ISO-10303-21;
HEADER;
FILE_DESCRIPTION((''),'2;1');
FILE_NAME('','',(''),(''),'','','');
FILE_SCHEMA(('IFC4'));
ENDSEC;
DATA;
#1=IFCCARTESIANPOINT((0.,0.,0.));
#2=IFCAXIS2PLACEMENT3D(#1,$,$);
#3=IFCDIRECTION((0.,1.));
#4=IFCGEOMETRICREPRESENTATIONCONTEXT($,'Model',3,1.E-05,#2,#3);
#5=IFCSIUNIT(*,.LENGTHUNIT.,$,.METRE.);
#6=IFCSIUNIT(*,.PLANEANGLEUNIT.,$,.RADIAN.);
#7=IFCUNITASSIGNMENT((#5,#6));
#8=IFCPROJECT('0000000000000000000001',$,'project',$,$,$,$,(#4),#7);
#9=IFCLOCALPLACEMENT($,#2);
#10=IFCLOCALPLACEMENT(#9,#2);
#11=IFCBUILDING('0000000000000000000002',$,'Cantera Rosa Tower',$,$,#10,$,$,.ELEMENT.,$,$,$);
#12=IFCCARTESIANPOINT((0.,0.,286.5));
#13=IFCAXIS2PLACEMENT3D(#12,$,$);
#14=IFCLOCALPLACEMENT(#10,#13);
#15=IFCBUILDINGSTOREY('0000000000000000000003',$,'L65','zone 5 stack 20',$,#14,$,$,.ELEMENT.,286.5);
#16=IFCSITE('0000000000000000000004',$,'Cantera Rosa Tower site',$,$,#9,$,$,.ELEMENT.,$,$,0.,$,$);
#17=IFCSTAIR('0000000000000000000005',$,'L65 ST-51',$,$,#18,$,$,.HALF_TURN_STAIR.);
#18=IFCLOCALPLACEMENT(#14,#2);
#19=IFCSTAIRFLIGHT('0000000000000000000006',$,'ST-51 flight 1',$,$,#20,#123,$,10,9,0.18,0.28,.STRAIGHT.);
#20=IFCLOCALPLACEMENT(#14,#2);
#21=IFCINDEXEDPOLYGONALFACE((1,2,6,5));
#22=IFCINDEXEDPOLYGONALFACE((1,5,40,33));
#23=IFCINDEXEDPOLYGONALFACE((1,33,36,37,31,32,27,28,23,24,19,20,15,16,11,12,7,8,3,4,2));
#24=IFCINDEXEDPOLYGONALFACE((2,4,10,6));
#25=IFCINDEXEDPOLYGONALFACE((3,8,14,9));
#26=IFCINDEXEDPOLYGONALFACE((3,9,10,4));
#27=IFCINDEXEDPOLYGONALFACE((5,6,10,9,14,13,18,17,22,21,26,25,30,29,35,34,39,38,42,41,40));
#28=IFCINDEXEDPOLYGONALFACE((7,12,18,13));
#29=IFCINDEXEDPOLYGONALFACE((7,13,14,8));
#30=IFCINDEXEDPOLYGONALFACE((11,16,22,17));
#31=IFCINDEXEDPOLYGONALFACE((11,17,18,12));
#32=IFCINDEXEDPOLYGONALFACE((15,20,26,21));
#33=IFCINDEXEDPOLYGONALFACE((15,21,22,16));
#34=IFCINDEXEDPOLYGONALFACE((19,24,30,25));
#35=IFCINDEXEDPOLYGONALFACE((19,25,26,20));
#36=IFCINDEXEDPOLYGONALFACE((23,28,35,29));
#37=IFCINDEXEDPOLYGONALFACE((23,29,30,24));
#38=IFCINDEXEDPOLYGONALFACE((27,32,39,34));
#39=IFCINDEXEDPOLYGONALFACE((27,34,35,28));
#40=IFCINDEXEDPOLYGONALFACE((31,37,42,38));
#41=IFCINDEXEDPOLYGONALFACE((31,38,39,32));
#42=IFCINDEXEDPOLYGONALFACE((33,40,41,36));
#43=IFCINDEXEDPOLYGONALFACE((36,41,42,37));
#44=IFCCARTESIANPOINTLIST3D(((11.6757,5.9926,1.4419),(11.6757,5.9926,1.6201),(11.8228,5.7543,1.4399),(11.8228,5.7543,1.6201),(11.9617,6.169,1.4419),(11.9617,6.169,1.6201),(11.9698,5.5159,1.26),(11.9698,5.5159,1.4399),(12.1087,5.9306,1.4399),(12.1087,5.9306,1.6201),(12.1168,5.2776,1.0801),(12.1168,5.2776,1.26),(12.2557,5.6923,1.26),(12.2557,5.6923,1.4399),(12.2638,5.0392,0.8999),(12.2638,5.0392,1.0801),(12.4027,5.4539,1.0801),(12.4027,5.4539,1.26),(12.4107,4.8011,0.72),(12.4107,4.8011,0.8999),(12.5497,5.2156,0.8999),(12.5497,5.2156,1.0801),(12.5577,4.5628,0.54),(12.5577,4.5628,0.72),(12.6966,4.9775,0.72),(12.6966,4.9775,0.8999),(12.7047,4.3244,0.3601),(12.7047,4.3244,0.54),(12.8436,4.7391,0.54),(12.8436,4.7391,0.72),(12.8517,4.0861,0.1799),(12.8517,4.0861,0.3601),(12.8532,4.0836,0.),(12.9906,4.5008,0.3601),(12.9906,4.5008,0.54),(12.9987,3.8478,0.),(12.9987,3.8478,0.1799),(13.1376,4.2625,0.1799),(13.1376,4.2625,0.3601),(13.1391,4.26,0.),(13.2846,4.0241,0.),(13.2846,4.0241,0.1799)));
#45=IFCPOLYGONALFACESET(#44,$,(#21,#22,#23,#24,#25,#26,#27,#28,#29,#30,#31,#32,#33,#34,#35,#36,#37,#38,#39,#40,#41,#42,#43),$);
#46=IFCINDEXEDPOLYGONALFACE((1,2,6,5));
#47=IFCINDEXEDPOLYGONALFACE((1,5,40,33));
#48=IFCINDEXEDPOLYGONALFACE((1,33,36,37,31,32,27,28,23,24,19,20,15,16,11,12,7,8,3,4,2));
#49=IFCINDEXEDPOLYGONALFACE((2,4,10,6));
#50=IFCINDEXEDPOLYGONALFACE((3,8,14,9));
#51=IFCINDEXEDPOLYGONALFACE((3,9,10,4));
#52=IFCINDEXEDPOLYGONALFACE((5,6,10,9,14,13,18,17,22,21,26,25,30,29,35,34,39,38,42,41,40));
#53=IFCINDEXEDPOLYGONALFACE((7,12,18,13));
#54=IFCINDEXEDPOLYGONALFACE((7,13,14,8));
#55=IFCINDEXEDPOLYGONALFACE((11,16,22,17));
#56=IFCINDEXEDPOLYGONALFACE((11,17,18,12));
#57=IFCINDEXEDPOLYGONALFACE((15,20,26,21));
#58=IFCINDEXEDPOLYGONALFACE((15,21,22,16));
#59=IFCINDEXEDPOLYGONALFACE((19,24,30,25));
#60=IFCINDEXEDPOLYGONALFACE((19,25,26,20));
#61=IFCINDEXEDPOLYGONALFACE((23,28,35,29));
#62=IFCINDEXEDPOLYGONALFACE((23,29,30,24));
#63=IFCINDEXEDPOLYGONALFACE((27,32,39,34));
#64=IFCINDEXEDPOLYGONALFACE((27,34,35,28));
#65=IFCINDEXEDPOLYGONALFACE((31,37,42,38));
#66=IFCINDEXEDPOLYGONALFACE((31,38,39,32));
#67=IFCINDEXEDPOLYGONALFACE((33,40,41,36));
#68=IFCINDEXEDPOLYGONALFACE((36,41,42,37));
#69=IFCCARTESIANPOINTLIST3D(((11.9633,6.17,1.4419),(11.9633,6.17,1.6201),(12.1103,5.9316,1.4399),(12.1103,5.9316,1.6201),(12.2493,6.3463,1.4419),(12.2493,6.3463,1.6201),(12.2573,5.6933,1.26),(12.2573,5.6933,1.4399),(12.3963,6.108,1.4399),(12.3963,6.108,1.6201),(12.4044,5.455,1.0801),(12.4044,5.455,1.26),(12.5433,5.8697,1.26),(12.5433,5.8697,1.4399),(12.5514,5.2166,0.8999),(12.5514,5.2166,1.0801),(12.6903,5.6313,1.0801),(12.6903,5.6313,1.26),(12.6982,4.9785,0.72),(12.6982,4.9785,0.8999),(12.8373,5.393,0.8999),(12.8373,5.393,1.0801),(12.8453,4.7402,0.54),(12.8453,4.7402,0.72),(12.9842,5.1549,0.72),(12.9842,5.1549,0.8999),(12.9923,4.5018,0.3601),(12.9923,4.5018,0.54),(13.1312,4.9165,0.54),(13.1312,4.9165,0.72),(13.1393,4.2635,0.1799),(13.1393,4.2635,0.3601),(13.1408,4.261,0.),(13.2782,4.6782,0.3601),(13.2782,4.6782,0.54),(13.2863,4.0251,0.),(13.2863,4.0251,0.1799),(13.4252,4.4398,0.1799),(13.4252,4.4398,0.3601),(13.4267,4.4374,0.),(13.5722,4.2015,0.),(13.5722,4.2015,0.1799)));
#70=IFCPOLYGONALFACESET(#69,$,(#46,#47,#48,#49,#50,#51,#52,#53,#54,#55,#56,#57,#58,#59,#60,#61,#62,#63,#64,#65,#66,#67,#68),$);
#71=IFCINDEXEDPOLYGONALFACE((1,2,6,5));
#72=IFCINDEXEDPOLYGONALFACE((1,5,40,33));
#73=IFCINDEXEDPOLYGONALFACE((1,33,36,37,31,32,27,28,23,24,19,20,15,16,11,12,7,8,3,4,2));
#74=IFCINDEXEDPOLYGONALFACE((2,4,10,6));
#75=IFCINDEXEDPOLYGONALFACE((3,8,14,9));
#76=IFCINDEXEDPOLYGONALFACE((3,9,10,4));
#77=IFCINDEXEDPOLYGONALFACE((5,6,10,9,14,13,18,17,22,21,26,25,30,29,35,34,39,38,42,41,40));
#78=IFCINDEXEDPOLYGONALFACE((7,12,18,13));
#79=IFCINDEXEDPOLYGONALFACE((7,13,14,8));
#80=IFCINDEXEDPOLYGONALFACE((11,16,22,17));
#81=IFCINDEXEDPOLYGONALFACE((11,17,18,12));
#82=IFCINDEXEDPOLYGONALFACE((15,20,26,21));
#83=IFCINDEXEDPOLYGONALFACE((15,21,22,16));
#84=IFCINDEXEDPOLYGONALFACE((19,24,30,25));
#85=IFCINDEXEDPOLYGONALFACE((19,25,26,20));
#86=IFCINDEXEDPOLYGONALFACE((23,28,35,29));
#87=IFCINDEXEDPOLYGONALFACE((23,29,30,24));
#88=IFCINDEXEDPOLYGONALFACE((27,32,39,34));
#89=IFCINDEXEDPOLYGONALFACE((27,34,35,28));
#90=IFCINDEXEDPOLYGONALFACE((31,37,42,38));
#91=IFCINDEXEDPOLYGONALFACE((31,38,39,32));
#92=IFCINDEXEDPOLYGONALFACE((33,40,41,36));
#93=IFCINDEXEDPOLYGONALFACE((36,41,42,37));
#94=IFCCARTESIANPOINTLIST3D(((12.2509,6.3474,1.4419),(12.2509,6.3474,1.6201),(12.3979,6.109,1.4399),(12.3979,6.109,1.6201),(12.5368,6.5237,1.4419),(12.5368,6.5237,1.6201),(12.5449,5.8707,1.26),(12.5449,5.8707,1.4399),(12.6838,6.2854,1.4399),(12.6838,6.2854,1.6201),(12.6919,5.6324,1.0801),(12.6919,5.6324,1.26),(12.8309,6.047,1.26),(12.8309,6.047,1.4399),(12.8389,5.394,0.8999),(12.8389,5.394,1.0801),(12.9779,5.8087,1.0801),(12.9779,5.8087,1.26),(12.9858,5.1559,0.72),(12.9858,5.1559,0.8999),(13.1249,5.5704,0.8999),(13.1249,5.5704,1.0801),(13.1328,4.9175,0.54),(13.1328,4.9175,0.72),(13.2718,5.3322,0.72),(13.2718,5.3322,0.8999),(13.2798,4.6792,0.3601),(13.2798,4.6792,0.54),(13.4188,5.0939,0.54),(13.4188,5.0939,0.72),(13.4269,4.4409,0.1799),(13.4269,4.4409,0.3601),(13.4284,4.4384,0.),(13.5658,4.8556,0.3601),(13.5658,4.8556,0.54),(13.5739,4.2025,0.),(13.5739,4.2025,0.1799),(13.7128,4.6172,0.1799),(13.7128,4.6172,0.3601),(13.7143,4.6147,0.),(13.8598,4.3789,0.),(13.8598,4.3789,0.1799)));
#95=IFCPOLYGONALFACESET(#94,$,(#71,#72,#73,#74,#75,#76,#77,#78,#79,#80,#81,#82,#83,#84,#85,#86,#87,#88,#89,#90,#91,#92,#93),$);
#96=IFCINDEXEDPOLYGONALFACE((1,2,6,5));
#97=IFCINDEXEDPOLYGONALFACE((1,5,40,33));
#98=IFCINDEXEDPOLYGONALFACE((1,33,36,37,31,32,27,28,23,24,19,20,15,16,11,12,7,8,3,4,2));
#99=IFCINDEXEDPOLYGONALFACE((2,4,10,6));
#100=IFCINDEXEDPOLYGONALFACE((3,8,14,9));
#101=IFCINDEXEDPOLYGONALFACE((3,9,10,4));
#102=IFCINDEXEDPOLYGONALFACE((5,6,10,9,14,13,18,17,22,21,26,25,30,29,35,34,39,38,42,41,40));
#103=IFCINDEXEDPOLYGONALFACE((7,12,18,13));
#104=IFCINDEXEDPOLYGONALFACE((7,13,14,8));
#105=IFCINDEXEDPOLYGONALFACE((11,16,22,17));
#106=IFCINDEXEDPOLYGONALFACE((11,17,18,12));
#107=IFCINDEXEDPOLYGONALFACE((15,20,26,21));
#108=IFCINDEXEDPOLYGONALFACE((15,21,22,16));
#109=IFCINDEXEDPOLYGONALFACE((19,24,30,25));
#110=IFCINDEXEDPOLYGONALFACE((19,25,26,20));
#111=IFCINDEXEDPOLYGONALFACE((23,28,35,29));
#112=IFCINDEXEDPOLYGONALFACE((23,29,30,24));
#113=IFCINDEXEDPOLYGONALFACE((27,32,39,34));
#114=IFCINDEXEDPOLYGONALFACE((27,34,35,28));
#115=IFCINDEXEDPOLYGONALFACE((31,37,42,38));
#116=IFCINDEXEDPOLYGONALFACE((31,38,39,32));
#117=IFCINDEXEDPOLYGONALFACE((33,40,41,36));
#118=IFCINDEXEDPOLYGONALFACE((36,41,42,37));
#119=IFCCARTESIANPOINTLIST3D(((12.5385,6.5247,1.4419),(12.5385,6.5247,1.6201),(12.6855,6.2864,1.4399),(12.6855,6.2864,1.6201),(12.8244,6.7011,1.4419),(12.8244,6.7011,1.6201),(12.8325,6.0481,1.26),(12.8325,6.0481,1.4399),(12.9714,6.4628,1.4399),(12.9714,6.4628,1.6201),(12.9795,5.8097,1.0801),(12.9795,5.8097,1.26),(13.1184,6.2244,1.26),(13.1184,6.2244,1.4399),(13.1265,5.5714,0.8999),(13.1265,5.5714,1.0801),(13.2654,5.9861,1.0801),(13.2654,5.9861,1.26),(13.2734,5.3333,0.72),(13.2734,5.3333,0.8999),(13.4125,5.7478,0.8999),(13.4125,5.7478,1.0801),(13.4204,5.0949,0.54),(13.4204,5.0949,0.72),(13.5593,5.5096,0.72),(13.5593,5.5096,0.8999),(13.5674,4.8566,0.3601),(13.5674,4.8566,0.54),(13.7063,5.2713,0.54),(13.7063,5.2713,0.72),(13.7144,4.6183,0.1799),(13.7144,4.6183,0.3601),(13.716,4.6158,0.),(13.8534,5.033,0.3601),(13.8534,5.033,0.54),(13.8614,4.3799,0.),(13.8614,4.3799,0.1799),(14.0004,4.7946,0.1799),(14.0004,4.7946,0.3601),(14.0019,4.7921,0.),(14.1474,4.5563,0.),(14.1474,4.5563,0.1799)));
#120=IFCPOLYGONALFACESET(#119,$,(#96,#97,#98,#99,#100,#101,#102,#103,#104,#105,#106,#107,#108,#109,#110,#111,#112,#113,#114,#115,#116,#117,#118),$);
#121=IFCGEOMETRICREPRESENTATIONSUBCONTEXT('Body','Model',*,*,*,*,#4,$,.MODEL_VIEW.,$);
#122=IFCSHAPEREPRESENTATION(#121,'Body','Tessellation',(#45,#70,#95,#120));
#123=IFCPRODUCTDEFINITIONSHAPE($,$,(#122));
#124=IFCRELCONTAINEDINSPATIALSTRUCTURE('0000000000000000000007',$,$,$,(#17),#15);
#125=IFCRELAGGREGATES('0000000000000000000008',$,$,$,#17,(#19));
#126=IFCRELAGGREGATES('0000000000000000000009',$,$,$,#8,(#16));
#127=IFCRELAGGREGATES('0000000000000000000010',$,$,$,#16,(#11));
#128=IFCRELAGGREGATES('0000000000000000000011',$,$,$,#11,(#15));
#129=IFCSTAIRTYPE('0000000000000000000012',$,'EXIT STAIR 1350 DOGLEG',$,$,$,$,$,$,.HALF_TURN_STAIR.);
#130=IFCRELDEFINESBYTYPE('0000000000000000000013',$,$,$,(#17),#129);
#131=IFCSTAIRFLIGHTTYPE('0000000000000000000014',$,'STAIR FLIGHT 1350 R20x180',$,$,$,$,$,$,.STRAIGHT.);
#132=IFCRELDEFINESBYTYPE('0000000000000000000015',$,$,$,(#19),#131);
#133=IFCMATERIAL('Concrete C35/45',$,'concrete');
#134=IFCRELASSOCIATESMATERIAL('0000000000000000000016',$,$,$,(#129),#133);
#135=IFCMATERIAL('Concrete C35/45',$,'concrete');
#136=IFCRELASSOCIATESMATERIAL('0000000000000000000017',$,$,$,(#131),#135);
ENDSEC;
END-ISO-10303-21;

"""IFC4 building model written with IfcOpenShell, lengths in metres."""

from ifc_helpers import new_model, si_unit, direction, frame, origin, place, context, subcontext, project, spatial, polyline, outline, extrude, material, type_object, element, aggregate, save


model = new_model("IFC4")

# Units and contexts
model_context = context("Model", 3, precision=1e-05, world=origin(), true_north=direction((0.0, 1.0)))
body_context = subcontext(model_context, "Body", "Model", "MODEL_VIEW")
ifc_project = project(units=[si_unit("LENGTHUNIT", "METRE"), si_unit("PLANEANGLEUNIT", "RADIAN")], contexts=[model_context])

# Site, building, storey
site_placement = place(None, origin())
site = spatial("IfcSite", under=ifc_project, at=site_placement, Name="Cantera Rosa Tower site", CompositionType="ELEMENT", RefElevation=0.0)
building_placement = place(site_placement, origin())
building = spatial("IfcBuilding", under=site, at=building_placement, Name="Cantera Rosa Tower", CompositionType="ELEMENT")
storey_placement = place(building_placement, frame((0.0, 0.0, 286.5)))
storey = spatial("IfcBuildingStorey", under=building, at=storey_placement, Name="L65", Description="zone 5 stack 20", CompositionType="ELEMENT", Elevation=286.5)

# Stair, stair flight
ifc_material_1 = material(Name="Concrete C35/45", Category="concrete")
stair_type = type_object("IfcStairType", Name="EXIT STAIR 1350 DOGLEG", PredefinedType="HALF_TURN_STAIR", material=ifc_material_1)
stair_placement = place(storey_placement, origin())
stair = element("IfcStair", 1, at=stair_placement, inside=storey, type_object=stair_type, Name="L65 ST-51", PredefinedType="HALF_TURN_STAIR")
ifc_material_2 = material(Name="Concrete C35/45", Category="concrete")
stair_flight_type = type_object("IfcStairFlightType", Name="STAIR FLIGHT 1350 R20x180", PredefinedType="STRAIGHT", material=ifc_material_2)
stair_flight_placement = place(storey_placement, frame((13.5732, 4.2021, 0.0), z_axis=(0.0, 0.0, 1.0), x_axis=(-0.524977, 0.851117, 0.0)))
stair_flight = element("IfcStairFlight", 2, at=stair_flight_placement, type_object=stair_flight_type, Name="ST-51 flight 1", NumberOfRisers=10, NumberOfTreads=9, PredefinedType="STRAIGHT", RiserHeight=0.18, TreadLength=0.28, context=body_context, shape_type="SweptSolid", body=[
    extrude(outline(polyline([(0.0, 0.0), (0.0, 0.1799), (0.28, 0.1799), (0.28, 0.3601), (0.5601, 0.3601), (0.5601, 0.54), (0.8401, 0.54), (0.8401, 0.72), (1.1201, 0.72), (1.1201, 0.8999), (1.3999, 0.8999), (1.3999, 1.0801), (1.6799, 1.0801), (1.6799, 1.26), (1.96, 1.26), (1.96, 1.4399), (2.24, 1.4399), (2.24, 1.6201), (2.52, 1.6201), (2.52, 1.8), (2.52, 1.4419), (0.2771, 0.0), (0.0, 0.0)])), frame((0.0, 0.675, 0.0), z_axis=(0.0, -1.0, 0.0), x_axis=(1.0, 0.0, 0.0)), (0.0, 0.0, 1.0), 0.3359),
    extrude(outline(polyline([(0.0, 0.0), (0.0, 0.1799), (0.28, 0.1799), (0.28, 0.3601), (0.5601, 0.3601), (0.5601, 0.54), (0.8401, 0.54), (0.8401, 0.72), (1.1201, 0.72), (1.1201, 0.8999), (1.3999, 0.8999), (1.3999, 1.0801), (1.6799, 1.0801), (1.6799, 1.26), (1.96, 1.26), (1.96, 1.4399), (2.24, 1.4399), (2.24, 1.6201), (2.52, 1.6201), (2.52, 1.8), (2.52, 1.4419), (0.2771, 0.0), (0.0, 0.0)])), frame((0.0, 0.3372, 0.0), z_axis=(0.0, -1.0, 0.0), x_axis=(1.0, 0.0, 0.0)), (0.0, 0.0, 1.0), 0.3359),
    extrude(outline(polyline([(0.0, 0.0), (0.0, 0.1799), (0.28, 0.1799), (0.28, 0.3601), (0.5601, 0.3601), (0.5601, 0.54), (0.8401, 0.54), (0.8401, 0.72), (1.1201, 0.72), (1.1201, 0.8999), (1.3999, 0.8999), (1.3999, 1.0801), (1.6799, 1.0801), (1.6799, 1.26), (1.96, 1.26), (1.96, 1.4399), (2.24, 1.4399), (2.24, 1.6201), (2.52, 1.6201), (2.52, 1.8), (2.52, 1.4419), (0.2771, 0.0), (0.0, 0.0)])), frame((0.0, -0.0007, 0.0), z_axis=(0.0, -1.0, 0.0), x_axis=(1.0, 0.0, 0.0)), (0.0, 0.0, 1.0), 0.3359),
    extrude(outline(polyline([(0.0, 0.0), (0.0, 0.1799), (0.28, 0.1799), (0.28, 0.3601), (0.5601, 0.3601), (0.5601, 0.54), (0.8401, 0.54), (0.8401, 0.72), (1.1201, 0.72), (1.1201, 0.8999), (1.3999, 0.8999), (1.3999, 1.0801), (1.6799, 1.0801), (1.6799, 1.26), (1.96, 1.26), (1.96, 1.4399), (2.24, 1.4399), (2.24, 1.6201), (2.52, 1.6201), (2.52, 1.8), (2.52, 1.4419), (0.2771, 0.0), (0.0, 0.0)])), frame((0.0, -0.3386, 0.0), z_axis=(0.0, -1.0, 0.0), x_axis=(1.0, 0.0, 0.0)), (0.0, 0.0, 1.0), 0.3359),
])
aggregate(stair, [stair_flight])

save(model, "model.ifc")
